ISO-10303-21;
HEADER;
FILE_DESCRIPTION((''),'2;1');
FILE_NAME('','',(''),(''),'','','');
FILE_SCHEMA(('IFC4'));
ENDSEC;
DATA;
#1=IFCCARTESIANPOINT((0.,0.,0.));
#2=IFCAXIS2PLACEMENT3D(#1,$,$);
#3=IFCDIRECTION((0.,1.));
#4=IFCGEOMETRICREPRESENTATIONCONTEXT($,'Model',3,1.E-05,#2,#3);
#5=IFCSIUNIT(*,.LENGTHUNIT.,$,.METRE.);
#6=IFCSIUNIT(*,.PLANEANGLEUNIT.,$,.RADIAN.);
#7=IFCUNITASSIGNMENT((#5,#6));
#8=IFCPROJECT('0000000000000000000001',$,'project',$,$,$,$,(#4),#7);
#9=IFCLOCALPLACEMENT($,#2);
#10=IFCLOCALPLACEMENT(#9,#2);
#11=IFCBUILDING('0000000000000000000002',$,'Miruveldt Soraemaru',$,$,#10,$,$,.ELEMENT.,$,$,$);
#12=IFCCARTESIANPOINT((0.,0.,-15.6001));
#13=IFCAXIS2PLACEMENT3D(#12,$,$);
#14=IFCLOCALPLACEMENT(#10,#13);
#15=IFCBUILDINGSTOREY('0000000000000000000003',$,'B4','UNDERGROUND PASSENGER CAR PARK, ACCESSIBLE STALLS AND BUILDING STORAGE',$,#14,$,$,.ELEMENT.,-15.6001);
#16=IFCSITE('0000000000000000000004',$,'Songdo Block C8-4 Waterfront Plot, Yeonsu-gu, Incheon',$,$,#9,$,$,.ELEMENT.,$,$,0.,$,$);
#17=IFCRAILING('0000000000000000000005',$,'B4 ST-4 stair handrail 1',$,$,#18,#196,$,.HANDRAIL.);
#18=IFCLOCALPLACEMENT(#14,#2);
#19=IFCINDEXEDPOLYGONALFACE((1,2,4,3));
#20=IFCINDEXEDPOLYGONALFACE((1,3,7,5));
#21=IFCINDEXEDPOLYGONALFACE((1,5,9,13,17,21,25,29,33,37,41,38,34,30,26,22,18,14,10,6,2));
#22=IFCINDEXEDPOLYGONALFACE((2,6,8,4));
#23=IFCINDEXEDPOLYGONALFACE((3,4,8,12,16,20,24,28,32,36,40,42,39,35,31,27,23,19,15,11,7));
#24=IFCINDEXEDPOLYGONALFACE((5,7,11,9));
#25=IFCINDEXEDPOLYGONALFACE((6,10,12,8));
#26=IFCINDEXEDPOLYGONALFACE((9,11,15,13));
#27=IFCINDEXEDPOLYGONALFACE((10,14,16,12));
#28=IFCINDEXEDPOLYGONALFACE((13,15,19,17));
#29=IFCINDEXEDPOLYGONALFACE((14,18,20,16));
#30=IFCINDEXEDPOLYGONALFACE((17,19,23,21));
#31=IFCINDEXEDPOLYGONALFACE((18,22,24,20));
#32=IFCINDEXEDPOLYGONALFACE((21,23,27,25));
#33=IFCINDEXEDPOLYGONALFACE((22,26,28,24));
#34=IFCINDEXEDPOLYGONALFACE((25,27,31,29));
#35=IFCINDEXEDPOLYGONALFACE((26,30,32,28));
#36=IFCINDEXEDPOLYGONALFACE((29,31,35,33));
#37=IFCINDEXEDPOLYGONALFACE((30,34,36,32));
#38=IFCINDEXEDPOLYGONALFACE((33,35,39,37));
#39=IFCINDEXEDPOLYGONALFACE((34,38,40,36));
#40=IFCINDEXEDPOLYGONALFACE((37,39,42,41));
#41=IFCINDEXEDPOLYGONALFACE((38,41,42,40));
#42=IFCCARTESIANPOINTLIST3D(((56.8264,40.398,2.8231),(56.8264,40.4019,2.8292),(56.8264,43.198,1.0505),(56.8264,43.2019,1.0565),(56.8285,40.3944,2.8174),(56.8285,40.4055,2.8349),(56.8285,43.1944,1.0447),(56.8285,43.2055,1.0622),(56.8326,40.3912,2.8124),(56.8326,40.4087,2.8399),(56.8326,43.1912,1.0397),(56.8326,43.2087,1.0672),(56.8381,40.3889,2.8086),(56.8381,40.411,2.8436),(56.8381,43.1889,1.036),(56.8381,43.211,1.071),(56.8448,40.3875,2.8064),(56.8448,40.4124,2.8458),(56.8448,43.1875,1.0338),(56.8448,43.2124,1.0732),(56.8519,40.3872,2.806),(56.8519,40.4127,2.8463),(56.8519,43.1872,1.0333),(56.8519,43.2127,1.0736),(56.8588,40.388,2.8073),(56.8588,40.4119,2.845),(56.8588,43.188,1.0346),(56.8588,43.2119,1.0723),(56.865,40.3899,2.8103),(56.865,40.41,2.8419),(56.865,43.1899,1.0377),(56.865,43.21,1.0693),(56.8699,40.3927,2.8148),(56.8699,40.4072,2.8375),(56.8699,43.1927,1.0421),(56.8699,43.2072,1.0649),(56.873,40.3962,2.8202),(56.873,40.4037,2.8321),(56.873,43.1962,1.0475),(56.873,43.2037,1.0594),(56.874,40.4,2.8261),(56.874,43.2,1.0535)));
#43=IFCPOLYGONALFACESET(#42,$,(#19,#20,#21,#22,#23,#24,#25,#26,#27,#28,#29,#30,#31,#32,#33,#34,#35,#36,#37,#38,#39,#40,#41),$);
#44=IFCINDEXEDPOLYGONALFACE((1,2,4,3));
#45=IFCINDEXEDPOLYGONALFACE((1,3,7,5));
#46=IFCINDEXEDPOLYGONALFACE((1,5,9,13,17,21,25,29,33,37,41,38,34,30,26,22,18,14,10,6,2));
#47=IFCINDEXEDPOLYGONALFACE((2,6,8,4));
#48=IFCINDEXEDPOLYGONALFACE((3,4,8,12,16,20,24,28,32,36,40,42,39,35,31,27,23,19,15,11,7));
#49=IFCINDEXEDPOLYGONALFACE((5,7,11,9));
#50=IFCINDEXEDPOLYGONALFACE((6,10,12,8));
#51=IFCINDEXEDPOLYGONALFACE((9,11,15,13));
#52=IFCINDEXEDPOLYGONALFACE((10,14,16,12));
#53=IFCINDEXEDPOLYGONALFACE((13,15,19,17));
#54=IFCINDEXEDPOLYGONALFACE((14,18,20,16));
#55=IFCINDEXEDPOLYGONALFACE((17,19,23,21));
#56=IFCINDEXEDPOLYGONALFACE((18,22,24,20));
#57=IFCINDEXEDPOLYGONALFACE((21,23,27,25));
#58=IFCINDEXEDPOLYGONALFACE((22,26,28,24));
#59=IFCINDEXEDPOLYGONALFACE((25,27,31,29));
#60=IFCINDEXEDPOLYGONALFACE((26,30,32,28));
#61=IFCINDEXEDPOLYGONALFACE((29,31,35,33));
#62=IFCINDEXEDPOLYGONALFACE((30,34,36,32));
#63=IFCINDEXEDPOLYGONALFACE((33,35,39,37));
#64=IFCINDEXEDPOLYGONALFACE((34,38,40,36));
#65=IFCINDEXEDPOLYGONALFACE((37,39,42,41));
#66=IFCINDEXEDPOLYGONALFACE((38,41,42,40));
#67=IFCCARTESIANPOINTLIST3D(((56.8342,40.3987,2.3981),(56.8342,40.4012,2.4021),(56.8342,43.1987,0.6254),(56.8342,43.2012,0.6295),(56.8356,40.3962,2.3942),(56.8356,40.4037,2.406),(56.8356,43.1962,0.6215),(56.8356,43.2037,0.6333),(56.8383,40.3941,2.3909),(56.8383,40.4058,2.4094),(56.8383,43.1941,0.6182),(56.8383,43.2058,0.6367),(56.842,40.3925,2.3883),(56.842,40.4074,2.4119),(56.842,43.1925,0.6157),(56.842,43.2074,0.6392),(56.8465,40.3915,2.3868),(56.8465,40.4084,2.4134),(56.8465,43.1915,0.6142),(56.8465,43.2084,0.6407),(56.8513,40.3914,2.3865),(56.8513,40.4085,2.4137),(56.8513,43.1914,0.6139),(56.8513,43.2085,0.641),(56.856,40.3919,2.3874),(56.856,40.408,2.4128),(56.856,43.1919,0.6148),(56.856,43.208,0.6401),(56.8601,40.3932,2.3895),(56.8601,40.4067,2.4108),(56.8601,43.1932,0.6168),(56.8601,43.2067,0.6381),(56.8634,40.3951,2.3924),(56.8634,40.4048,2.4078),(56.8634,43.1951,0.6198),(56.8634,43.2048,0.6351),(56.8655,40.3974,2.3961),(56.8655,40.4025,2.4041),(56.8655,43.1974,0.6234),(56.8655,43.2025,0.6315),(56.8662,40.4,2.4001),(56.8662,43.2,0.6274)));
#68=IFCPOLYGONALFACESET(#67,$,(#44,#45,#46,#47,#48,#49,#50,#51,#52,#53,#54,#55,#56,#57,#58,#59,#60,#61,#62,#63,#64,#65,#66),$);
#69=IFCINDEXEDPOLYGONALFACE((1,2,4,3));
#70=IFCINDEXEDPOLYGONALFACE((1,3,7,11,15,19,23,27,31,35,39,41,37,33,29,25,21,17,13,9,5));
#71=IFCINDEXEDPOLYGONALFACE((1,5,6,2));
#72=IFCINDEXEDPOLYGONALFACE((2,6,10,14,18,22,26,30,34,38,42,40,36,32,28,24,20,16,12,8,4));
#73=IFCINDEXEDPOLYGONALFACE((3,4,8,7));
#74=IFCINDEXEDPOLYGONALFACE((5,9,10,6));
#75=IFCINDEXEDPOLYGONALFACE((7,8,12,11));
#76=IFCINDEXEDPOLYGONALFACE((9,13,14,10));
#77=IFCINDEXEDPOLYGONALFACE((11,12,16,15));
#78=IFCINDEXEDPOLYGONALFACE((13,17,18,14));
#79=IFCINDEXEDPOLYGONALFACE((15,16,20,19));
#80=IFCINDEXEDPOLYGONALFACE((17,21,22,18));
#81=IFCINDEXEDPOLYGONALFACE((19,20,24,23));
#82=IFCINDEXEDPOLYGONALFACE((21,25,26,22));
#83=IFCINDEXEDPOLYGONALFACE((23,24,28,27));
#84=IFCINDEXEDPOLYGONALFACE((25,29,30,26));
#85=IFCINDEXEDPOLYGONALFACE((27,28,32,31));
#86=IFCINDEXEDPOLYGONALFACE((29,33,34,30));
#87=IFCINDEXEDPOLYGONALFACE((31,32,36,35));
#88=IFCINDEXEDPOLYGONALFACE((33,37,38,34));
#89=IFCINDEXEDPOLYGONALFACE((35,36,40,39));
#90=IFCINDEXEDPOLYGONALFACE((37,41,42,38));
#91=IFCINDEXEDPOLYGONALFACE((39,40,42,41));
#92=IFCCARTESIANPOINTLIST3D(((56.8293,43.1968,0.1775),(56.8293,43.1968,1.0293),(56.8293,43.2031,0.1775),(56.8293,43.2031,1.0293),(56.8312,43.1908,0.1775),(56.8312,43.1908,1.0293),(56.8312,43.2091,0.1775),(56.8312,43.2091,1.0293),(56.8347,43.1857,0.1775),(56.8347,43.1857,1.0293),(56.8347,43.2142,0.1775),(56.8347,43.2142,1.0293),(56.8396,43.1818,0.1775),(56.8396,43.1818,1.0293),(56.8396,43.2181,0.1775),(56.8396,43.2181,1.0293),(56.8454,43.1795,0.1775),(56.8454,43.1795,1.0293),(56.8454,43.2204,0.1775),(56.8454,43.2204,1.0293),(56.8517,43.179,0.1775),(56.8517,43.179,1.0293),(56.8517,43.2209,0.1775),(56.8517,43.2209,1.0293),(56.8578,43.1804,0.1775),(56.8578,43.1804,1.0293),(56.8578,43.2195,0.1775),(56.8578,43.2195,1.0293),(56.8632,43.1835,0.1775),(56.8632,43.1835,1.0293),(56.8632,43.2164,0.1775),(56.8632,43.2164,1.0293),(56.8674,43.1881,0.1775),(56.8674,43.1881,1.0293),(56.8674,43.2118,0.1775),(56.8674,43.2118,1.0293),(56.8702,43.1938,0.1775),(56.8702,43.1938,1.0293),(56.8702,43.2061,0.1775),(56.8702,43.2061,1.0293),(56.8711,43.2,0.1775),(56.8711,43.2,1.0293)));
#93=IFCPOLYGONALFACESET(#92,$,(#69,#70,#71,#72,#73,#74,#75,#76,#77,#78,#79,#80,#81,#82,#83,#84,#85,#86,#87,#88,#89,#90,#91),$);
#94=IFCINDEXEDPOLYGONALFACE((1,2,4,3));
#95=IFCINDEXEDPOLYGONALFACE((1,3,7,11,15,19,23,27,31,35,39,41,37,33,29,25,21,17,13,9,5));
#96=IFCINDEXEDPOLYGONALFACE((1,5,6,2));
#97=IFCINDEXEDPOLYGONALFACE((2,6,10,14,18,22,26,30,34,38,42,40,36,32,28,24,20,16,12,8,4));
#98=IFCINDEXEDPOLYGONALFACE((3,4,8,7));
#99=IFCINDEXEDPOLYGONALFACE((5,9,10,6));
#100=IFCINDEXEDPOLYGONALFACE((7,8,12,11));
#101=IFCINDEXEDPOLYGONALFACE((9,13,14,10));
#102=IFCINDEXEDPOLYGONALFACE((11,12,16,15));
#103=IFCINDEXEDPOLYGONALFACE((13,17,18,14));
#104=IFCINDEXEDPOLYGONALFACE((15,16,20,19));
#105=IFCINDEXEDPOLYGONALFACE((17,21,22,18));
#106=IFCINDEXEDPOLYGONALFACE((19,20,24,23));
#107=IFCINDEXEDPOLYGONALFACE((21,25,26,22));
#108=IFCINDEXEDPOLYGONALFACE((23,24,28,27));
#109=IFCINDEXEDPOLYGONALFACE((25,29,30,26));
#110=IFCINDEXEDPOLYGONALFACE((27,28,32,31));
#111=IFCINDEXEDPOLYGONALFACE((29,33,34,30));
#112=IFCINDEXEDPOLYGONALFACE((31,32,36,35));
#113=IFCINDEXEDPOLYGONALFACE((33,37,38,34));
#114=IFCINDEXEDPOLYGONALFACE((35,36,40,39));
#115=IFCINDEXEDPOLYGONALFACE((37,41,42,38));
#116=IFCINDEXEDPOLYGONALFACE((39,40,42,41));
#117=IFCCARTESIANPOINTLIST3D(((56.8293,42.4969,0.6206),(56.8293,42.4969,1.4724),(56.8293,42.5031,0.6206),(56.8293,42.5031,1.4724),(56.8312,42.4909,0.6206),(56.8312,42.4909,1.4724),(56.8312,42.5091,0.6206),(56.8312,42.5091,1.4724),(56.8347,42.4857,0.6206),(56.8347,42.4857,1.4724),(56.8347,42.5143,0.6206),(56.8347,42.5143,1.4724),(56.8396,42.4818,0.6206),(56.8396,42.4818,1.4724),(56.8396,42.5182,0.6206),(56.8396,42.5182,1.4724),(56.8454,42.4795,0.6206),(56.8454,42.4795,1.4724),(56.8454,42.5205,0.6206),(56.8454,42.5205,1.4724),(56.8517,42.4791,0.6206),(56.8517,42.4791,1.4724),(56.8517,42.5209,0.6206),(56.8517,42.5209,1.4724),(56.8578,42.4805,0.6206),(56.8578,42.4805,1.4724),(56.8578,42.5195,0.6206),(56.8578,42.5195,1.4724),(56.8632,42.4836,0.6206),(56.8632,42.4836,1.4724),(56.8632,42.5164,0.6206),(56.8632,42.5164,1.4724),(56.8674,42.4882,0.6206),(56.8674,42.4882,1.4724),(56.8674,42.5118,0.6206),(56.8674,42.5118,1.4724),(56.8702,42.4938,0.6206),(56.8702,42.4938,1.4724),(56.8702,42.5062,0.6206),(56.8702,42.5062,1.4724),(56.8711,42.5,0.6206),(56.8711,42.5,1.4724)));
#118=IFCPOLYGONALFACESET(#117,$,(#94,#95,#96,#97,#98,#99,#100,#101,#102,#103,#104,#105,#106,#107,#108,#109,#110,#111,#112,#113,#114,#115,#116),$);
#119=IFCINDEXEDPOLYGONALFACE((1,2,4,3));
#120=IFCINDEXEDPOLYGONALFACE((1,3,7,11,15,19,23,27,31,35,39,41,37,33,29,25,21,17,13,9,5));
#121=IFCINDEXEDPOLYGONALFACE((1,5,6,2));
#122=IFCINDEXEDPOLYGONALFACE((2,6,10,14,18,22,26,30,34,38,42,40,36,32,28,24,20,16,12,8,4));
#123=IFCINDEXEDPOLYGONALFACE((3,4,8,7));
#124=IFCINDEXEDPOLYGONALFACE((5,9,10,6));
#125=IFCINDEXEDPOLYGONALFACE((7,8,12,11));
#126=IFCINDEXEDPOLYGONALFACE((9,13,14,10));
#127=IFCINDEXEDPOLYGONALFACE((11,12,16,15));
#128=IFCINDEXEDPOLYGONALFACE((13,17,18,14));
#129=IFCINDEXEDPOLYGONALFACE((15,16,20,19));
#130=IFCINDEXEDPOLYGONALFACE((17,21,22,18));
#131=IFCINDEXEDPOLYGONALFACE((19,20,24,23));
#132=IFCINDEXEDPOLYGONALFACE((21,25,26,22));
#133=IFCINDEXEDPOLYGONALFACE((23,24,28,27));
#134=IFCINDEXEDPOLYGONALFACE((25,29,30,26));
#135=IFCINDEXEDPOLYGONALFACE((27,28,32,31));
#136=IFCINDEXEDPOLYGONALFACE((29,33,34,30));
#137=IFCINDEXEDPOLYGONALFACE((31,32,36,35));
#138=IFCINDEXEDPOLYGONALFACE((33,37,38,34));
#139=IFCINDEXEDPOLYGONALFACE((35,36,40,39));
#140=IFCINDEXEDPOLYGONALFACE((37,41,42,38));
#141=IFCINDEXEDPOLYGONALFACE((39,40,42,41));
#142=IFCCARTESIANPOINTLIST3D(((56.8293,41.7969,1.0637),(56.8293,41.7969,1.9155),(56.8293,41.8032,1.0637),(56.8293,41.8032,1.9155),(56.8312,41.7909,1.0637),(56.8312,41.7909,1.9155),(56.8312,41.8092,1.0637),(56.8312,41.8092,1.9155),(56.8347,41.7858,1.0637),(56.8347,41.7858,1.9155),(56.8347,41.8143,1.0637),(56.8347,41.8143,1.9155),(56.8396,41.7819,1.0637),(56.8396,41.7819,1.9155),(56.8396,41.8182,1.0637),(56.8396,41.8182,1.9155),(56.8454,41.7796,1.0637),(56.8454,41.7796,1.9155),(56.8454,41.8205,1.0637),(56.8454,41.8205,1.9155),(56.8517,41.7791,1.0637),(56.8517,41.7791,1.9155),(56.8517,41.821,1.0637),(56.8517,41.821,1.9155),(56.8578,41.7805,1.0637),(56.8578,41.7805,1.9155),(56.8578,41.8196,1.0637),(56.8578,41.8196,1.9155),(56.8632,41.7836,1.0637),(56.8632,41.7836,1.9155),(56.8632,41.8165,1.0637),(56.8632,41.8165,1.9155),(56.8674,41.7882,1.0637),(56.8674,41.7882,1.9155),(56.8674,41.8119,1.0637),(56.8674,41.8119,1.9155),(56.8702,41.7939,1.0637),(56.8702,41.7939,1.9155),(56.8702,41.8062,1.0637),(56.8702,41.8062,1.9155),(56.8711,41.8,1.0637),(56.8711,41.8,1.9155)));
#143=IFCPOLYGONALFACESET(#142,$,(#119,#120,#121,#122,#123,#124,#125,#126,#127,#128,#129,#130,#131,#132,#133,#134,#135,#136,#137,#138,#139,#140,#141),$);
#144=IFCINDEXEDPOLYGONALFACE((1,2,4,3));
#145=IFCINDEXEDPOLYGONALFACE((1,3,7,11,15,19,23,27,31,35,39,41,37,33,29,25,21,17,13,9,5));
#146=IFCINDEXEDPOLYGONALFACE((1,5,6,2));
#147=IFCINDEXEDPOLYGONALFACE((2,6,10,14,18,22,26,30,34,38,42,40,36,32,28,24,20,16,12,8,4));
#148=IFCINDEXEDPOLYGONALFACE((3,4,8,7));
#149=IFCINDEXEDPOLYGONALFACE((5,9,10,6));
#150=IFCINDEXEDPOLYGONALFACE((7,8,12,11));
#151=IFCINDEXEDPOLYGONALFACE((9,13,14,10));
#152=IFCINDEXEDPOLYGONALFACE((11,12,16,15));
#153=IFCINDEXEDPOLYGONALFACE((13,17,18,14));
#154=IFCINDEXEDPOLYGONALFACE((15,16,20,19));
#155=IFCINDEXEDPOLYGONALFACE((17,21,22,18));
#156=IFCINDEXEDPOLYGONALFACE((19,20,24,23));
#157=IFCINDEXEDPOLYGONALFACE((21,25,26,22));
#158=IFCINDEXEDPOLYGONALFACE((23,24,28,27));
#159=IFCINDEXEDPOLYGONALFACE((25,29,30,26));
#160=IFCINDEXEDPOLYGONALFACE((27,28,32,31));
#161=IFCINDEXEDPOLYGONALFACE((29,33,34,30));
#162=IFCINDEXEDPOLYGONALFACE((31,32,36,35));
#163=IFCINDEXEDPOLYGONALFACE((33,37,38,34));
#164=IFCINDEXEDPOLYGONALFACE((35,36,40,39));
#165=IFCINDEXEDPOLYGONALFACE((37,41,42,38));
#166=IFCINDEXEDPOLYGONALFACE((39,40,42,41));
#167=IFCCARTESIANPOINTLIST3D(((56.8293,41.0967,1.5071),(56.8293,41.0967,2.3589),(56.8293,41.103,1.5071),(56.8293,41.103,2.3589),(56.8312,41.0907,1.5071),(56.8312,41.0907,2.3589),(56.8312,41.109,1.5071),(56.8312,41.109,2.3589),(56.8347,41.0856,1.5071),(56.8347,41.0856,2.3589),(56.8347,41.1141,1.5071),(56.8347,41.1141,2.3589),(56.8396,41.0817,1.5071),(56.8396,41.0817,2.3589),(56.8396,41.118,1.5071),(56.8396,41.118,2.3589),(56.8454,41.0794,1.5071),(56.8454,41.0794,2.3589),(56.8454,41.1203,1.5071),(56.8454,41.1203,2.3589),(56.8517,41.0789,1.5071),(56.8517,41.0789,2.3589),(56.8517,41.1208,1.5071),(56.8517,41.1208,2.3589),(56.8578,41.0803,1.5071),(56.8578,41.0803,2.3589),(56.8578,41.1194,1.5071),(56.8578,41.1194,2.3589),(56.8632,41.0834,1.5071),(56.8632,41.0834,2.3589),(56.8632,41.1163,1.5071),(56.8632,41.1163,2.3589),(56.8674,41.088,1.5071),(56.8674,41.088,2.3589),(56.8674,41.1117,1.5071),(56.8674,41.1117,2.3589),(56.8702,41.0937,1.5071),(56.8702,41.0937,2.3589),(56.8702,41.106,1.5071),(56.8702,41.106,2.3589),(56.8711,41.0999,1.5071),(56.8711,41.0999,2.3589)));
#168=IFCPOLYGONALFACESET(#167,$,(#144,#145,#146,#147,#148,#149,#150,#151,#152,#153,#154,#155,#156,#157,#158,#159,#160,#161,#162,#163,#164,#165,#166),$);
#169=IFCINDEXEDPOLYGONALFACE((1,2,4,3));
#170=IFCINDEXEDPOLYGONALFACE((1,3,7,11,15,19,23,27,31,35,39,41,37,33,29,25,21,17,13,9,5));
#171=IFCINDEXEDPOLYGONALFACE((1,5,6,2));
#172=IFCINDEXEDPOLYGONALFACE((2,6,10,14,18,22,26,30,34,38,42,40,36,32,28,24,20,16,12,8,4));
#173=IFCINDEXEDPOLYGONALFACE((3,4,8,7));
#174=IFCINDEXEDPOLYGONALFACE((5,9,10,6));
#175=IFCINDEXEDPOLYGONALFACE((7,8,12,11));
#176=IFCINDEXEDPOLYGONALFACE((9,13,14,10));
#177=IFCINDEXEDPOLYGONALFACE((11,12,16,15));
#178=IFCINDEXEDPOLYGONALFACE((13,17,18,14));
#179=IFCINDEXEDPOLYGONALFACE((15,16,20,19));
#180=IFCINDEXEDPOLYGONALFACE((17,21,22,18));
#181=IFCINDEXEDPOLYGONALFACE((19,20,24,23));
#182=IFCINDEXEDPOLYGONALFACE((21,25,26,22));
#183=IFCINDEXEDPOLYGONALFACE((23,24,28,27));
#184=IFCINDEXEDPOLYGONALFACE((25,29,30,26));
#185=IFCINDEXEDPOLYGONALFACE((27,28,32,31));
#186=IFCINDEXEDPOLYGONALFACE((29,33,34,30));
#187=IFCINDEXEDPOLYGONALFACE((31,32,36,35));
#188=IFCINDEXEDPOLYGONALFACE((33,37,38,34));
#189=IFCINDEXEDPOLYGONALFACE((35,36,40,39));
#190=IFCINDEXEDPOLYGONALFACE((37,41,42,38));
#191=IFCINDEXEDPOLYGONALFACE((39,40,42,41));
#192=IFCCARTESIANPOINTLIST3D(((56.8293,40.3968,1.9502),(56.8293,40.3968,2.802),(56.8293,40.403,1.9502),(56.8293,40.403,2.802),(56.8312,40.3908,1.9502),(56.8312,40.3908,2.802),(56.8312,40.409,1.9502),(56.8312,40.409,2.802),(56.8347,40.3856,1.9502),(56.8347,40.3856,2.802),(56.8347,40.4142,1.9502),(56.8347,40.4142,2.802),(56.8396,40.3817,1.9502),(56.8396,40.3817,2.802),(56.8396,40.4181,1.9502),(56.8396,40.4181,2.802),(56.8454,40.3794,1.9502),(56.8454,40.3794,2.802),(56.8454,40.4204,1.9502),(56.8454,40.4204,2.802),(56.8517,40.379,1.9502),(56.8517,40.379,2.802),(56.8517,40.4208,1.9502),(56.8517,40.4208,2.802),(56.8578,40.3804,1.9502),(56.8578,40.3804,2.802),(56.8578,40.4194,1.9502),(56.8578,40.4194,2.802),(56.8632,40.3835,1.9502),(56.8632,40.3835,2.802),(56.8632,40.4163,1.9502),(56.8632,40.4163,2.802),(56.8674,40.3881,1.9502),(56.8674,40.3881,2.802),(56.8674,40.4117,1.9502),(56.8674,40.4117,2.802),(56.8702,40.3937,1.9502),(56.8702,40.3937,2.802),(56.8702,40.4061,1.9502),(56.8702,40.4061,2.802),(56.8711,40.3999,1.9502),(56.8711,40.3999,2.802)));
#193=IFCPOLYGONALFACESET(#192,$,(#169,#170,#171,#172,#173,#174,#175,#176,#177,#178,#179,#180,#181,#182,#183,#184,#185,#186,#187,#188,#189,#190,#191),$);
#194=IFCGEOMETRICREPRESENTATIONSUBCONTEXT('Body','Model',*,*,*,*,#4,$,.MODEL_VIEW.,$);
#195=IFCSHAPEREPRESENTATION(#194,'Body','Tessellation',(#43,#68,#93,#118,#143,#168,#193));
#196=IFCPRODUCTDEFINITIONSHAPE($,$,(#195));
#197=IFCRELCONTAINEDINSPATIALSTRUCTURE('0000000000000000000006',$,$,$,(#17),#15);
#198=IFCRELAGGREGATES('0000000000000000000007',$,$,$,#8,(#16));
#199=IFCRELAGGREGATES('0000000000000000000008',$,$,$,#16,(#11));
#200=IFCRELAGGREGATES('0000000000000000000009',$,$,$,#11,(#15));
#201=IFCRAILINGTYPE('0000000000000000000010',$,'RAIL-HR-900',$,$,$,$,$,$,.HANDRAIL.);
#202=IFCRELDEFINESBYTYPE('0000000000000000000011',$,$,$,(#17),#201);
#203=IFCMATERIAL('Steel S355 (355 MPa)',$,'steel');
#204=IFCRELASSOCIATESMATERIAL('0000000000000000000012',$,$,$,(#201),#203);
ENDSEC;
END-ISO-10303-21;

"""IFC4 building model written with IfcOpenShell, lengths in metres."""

from ifc_helpers import new_model, si_unit, direction, frame, origin, origin_2d, place, context, subcontext, project, spatial, circle, extrude, material, type_object, element, save


model = new_model("IFC4")

# Units and contexts
model_context = context("Model", 3, precision=1e-05, world=origin(), true_north=direction((0.0, 1.0)))
body_context = subcontext(model_context, "Body", "Model", "MODEL_VIEW")
ifc_project = project(units=[si_unit("LENGTHUNIT", "METRE"), si_unit("PLANEANGLEUNIT", "RADIAN")], contexts=[model_context])

# Site, building, storey
site_placement = place(None, origin())
site = spatial("IfcSite", under=ifc_project, at=site_placement, Name="Songdo Block C8-4 Waterfront Plot, Yeonsu-gu, Incheon", CompositionType="ELEMENT", RefElevation=0.0)
building_placement = place(site_placement, origin())
building = spatial("IfcBuilding", under=site, at=building_placement, Name="Miruveldt Soraemaru", CompositionType="ELEMENT")
storey_placement = place(building_placement, frame((0.0, 0.0, -15.6001)))
storey = spatial("IfcBuildingStorey", under=building, at=storey_placement, Name="B4", Description="UNDERGROUND PASSENGER CAR PARK, ACCESSIBLE STALLS AND BUILDING STORAGE", CompositionType="ELEMENT", Elevation=-15.6001)

# Shared definitions
ifc_material_1 = material(Name="Steel S355 (355 MPa)", Category="steel")

# Railing
railing_type_1 = type_object("IfcRailingType", Name="RAIL-HR-900", PredefinedType="HANDRAIL", material=ifc_material_1)
railing_1_placement = place(storey_placement, frame((56.8501, 43.2, 0.1775)))
element("IfcRailing", 1, at=railing_1_placement, inside=storey, type_object=railing_type_1, Name="B4 ST-4 stair handrail 1", PredefinedType="HANDRAIL", context=body_context, shape_type="SweptSolid", body=[
    extrude(circle(Radius=0.0239, at=origin_2d()), frame((0.0, 0.0, 0.876), z_axis=(0.0, -0.844909, 0.53491), x_axis=(1.0, 0.0, 0.0)), (0.0, 0.0, 1.0), 3.314),
    extrude(circle(Radius=0.0161, at=origin_2d()), frame((0.0, 0.0, 0.45), z_axis=(0.0, -0.844909, 0.53491), x_axis=(1.0, 0.0, 0.0)), (0.0, 0.0, 1.0), 3.314),
    extrude(circle(Radius=0.021, at=origin_2d()), origin(), (0.0, 0.0, 1.0), 0.8518),
    extrude(circle(Radius=0.021, at=origin_2d()), frame((0.0, -0.7, 0.4431)), (0.0, 0.0, 1.0), 0.8518),
    extrude(circle(Radius=0.021, at=origin_2d()), frame((0.0, -1.3999, 0.8862)), (0.0, 0.0, 1.0), 0.8518),
    extrude(circle(Radius=0.021, at=origin_2d()), frame((0.0, -2.1001, 1.3296)), (0.0, 0.0, 1.0), 0.8518),
    extrude(circle(Radius=0.021, at=origin_2d()), frame((0.0, -2.8, 1.7727)), (0.0, 0.0, 1.0), 0.8518),
])

save(model, "model.ifc")
